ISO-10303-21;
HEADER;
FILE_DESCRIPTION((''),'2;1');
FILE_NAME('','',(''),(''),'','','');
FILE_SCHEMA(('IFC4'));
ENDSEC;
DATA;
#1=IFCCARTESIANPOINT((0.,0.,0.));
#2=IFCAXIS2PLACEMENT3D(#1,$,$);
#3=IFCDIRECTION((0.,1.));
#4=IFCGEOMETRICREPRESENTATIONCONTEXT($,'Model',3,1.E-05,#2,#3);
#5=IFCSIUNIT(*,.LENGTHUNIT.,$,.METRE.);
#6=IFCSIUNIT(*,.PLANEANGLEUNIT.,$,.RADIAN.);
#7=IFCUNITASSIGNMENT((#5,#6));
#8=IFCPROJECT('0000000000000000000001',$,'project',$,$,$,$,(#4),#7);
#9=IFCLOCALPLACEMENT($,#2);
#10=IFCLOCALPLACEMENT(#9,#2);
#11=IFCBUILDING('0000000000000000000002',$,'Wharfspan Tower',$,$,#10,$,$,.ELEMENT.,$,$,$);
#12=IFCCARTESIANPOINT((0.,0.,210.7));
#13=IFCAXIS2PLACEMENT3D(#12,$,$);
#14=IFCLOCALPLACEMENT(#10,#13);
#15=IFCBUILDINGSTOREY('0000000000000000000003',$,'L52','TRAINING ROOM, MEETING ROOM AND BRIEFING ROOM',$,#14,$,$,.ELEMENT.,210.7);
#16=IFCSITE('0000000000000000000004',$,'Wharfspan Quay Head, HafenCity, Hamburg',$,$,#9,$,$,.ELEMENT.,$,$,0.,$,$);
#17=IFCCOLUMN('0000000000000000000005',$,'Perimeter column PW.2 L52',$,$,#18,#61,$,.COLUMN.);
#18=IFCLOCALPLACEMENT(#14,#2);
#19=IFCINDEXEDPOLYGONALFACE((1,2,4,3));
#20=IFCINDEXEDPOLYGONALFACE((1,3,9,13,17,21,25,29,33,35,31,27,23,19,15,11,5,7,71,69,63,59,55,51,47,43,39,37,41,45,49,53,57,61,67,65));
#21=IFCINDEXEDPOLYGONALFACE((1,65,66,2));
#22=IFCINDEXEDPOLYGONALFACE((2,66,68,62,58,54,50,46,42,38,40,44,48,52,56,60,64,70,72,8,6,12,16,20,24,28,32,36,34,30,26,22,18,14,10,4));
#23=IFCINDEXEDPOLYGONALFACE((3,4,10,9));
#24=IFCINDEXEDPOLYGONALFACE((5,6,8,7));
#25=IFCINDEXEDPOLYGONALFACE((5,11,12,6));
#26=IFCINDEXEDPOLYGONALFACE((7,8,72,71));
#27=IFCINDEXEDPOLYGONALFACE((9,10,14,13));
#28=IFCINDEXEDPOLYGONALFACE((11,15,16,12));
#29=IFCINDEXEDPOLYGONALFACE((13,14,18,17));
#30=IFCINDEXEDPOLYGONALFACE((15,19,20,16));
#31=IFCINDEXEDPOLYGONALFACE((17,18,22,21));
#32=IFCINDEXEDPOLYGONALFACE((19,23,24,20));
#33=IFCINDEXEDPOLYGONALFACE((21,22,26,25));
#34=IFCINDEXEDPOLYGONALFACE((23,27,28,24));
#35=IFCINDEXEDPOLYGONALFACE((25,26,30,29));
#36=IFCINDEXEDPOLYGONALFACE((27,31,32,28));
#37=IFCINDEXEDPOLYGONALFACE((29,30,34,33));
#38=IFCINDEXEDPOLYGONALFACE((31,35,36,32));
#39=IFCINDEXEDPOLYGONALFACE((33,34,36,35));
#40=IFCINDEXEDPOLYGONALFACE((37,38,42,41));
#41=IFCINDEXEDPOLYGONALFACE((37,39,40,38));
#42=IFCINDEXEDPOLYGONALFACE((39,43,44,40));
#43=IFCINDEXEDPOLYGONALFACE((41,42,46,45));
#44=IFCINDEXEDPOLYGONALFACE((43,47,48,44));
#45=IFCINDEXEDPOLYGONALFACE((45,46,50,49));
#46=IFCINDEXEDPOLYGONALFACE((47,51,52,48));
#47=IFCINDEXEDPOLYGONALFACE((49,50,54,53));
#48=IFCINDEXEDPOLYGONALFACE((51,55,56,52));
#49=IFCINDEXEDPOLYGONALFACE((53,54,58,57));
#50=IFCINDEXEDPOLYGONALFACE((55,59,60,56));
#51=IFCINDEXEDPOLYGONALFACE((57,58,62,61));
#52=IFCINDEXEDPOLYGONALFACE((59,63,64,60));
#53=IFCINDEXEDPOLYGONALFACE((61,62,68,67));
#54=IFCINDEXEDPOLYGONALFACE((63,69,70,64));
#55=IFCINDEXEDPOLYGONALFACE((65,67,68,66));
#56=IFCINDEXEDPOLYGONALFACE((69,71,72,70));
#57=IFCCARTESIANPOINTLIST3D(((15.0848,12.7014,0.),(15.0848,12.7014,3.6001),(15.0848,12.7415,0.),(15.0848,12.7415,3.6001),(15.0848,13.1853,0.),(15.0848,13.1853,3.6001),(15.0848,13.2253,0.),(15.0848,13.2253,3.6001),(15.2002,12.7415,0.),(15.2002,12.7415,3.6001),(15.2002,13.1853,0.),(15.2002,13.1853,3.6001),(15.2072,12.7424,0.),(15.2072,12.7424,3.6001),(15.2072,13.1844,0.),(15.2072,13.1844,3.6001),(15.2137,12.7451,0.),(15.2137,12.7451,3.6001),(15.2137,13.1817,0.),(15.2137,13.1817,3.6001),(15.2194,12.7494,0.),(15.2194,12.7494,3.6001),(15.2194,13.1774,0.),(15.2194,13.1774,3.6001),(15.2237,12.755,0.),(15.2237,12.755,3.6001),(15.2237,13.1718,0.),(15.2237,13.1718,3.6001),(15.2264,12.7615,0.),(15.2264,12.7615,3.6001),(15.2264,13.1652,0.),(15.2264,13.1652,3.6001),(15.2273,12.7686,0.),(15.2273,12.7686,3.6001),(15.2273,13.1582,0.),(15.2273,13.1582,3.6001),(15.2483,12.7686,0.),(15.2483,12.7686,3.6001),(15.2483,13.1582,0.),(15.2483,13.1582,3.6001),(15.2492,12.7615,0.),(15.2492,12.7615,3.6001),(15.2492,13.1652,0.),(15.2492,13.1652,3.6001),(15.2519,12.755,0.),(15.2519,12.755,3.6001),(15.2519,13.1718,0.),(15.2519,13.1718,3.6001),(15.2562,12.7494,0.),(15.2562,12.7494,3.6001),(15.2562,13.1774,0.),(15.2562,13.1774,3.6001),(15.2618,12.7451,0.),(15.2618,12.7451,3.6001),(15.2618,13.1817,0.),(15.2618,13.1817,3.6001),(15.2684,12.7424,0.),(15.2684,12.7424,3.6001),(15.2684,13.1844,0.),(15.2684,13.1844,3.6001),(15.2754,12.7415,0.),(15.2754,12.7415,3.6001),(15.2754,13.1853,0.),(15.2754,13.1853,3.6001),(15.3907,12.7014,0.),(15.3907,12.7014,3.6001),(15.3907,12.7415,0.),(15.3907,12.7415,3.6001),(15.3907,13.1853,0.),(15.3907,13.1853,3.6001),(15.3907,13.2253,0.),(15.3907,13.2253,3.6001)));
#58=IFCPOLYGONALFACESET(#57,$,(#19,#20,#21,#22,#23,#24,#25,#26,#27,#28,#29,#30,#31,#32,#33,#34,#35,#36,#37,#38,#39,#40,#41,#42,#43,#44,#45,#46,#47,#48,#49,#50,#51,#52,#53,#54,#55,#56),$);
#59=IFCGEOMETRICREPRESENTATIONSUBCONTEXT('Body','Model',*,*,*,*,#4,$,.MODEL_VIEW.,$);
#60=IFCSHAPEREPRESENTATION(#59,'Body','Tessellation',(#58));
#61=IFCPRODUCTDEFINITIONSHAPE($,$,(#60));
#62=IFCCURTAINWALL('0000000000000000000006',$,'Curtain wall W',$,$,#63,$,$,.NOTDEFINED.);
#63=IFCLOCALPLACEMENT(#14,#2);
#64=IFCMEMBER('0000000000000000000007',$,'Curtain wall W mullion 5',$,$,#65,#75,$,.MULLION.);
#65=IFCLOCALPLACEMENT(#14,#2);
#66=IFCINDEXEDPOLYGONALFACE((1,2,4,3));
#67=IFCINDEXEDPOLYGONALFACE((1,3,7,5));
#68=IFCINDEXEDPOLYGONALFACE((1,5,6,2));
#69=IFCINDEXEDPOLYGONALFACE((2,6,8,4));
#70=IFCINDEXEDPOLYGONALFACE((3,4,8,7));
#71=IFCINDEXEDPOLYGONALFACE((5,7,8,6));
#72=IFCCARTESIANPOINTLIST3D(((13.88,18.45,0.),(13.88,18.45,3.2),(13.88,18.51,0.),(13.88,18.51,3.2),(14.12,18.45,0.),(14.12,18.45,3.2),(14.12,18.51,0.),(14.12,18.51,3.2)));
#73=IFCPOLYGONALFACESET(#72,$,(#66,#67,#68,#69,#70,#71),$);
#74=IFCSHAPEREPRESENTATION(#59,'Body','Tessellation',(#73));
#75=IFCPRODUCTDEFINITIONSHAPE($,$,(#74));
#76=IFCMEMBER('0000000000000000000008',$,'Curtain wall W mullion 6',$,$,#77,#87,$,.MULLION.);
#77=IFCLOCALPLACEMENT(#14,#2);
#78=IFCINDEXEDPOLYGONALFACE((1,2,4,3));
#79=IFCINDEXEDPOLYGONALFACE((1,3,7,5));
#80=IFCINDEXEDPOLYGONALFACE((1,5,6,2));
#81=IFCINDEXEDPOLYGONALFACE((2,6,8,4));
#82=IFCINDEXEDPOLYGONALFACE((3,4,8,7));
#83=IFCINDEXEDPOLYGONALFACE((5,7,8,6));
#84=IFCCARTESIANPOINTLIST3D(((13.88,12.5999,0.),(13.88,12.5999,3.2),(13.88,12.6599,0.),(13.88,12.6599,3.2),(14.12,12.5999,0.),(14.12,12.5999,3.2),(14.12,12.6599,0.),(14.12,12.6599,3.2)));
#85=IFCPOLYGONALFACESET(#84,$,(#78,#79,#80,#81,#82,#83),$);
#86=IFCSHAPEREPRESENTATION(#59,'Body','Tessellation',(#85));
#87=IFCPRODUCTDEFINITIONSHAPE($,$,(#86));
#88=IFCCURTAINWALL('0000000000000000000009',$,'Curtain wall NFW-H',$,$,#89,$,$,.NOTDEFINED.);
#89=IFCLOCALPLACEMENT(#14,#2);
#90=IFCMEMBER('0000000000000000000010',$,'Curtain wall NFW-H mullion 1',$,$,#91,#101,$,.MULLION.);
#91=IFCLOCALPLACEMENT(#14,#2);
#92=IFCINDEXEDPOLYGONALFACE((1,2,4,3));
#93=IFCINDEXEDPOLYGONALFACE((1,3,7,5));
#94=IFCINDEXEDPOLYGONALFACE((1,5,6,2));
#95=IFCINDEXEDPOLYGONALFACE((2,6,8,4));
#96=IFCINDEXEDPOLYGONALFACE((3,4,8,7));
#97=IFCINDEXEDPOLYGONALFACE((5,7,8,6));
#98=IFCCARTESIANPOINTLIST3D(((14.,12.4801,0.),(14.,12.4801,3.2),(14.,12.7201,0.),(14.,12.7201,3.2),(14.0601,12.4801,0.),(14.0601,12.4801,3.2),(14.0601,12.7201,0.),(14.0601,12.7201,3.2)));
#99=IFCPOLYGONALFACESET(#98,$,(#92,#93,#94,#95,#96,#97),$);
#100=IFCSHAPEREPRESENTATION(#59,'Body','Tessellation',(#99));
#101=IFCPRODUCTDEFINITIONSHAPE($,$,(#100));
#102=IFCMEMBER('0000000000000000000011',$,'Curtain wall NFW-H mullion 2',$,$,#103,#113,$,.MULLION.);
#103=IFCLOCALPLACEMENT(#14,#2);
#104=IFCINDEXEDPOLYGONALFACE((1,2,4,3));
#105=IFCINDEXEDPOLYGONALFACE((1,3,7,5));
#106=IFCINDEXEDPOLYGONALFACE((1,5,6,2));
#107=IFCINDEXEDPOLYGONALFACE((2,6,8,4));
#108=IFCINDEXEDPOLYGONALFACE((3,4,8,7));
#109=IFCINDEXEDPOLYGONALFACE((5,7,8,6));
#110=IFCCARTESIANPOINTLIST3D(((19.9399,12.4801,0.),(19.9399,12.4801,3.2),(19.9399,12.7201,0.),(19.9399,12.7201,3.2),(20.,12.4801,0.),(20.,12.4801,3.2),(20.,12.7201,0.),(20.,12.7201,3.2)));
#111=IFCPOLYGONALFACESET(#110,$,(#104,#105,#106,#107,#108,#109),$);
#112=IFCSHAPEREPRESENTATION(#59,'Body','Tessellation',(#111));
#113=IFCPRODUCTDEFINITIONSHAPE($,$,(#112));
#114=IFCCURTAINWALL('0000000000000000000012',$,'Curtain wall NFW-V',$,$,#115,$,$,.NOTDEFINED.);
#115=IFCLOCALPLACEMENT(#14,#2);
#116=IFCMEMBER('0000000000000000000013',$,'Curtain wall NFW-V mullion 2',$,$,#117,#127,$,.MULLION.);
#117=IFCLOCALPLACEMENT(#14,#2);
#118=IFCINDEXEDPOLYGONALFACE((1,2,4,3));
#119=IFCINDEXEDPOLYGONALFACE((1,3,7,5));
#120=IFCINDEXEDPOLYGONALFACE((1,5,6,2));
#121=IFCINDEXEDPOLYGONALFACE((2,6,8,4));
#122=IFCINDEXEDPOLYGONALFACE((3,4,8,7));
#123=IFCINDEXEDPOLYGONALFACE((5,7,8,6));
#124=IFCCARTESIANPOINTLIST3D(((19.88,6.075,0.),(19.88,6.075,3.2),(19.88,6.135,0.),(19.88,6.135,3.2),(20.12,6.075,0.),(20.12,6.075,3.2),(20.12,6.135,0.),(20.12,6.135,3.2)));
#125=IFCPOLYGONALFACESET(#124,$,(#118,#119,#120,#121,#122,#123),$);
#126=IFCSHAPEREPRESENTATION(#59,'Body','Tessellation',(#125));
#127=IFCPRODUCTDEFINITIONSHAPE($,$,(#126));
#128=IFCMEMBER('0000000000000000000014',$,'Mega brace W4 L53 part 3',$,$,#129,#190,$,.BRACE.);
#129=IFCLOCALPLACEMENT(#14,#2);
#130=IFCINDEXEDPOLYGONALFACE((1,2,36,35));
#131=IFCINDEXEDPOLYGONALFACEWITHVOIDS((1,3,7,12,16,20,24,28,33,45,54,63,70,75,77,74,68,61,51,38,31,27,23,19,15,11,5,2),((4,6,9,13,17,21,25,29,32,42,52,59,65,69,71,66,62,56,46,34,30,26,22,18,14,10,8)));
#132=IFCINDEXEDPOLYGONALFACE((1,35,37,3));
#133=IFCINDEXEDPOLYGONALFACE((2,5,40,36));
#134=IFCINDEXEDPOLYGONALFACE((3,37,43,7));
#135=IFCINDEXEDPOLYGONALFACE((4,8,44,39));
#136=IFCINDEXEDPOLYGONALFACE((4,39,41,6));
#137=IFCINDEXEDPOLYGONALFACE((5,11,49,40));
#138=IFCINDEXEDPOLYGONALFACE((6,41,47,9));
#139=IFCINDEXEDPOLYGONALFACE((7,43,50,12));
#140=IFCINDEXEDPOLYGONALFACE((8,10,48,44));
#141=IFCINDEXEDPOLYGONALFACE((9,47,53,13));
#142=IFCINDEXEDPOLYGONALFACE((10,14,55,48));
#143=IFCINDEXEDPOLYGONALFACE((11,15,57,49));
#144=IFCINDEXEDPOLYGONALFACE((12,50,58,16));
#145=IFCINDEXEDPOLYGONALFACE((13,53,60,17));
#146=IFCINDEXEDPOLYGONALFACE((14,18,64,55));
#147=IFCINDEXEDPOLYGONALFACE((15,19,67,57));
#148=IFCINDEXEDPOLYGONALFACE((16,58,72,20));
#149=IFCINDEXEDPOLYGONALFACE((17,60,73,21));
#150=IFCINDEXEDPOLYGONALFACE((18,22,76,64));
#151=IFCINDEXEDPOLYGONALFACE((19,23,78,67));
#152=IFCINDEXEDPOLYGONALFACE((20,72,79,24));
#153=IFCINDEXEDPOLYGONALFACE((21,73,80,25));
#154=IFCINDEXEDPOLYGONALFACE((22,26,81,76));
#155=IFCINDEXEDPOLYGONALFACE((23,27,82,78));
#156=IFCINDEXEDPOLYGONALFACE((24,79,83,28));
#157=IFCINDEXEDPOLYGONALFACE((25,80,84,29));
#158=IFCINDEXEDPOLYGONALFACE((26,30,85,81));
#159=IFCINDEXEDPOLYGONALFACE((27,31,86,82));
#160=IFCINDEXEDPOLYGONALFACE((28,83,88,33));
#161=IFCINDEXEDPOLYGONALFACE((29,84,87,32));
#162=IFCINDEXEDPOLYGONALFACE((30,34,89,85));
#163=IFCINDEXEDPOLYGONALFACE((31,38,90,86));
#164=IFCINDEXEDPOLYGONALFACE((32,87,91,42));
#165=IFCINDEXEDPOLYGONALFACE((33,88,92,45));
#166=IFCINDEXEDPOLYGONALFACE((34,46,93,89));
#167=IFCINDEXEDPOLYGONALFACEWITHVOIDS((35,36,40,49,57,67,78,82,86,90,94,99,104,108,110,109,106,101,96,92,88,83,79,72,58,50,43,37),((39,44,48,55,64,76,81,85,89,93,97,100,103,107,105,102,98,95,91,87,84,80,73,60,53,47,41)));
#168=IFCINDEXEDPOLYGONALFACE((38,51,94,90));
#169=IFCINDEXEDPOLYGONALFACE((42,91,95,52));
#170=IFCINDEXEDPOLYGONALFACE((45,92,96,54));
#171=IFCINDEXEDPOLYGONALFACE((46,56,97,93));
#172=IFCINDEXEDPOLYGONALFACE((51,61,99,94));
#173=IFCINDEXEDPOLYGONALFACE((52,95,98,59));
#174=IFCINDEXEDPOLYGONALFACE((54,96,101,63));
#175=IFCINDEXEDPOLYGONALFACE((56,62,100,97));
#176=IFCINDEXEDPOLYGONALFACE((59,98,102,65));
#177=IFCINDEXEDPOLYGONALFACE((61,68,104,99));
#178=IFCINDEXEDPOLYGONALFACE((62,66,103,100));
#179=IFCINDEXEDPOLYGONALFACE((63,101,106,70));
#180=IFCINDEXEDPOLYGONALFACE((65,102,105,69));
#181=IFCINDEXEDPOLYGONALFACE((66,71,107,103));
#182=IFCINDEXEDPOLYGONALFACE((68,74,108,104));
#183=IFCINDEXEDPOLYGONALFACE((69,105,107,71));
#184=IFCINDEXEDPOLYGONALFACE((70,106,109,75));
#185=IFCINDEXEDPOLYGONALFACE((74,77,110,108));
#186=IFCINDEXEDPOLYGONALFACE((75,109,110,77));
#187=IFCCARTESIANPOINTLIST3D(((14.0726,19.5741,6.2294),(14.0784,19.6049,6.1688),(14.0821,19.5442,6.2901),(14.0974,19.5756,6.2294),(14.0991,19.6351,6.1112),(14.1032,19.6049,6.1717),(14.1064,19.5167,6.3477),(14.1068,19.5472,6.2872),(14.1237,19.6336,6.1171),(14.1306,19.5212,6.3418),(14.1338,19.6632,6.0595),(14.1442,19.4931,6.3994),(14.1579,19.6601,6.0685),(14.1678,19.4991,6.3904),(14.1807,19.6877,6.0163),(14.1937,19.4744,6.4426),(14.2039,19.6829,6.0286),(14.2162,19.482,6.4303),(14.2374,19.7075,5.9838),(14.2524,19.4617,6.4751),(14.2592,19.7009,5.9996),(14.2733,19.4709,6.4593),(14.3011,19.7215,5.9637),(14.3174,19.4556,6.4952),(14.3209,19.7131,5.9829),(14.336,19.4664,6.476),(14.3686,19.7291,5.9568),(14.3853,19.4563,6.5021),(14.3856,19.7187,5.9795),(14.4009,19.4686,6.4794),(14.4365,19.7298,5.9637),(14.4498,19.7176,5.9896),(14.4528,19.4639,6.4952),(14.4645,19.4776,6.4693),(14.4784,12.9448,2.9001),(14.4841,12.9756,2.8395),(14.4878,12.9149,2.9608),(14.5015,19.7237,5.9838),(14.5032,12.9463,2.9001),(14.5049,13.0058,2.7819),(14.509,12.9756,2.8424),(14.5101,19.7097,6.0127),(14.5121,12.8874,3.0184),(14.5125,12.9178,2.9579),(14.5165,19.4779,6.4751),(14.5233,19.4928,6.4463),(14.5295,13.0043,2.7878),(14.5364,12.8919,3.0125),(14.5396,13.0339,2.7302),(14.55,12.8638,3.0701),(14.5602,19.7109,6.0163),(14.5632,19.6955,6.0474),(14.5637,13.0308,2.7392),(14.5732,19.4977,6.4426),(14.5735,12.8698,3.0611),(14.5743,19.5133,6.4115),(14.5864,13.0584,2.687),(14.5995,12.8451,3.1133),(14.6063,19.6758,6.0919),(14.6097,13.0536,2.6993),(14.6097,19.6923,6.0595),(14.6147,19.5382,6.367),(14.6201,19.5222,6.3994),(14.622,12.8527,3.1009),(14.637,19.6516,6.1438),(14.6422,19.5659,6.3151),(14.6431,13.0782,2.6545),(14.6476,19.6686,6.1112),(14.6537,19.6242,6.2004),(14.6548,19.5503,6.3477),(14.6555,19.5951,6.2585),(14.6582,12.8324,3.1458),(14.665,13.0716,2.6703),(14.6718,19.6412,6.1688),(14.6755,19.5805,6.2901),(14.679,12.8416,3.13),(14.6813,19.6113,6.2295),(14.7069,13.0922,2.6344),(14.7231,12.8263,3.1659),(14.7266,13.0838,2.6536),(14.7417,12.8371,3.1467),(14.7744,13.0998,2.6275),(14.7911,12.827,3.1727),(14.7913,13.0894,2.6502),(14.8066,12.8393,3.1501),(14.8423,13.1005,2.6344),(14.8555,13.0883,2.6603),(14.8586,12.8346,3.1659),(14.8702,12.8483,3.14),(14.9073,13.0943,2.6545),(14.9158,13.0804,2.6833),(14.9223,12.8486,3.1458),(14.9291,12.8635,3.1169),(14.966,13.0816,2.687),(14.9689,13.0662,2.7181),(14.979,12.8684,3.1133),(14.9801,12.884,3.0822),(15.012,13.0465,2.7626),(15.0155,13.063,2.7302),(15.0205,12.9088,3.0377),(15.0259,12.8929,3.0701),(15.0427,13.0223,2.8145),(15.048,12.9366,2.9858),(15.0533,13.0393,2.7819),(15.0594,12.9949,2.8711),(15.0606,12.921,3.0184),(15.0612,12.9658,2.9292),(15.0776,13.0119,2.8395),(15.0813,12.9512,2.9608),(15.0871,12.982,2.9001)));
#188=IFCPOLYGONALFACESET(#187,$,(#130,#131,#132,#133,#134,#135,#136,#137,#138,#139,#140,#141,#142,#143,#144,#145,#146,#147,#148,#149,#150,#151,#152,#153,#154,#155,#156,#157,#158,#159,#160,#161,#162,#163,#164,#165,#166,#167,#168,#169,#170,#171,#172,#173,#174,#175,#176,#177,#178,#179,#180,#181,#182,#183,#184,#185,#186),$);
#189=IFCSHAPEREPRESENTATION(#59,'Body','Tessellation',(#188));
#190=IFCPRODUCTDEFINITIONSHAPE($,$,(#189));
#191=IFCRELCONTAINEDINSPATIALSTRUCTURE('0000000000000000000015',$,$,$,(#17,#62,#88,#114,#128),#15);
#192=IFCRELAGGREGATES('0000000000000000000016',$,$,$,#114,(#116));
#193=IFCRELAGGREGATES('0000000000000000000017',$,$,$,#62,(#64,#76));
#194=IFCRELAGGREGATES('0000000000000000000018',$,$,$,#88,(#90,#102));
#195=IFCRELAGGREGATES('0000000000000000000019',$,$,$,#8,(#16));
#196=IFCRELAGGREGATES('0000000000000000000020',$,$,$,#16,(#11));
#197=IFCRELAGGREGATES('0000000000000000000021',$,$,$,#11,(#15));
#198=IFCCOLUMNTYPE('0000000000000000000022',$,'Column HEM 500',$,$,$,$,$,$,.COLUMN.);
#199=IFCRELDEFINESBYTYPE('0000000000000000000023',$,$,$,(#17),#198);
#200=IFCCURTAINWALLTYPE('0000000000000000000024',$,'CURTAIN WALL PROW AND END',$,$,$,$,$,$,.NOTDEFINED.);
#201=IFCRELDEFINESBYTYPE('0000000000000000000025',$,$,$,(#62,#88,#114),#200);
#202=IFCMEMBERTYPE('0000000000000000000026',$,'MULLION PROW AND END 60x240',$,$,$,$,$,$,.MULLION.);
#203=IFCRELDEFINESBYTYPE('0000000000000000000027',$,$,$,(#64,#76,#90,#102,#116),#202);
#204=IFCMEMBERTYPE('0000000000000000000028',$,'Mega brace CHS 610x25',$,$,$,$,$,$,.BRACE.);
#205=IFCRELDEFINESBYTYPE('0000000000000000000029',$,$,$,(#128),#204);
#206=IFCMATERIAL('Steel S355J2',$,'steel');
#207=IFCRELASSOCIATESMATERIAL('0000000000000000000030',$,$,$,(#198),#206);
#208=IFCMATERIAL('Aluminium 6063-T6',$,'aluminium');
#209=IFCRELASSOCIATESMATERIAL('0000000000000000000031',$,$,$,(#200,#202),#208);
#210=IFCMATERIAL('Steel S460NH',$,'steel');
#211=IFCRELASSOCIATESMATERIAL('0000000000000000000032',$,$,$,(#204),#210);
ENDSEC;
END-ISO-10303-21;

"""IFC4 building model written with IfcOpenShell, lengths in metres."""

from ifc_helpers import new_model, si_unit, direction, frame, origin, origin_2d, place, context, subcontext, project, spatial, rectangle, hollow_circle, i_section, extrude, material, material_profile, profile_set, type_object, element, aggregate, save


model = new_model("IFC4")

# Units and contexts
model_context = context("Model", 3, precision=1e-05, world=origin(), true_north=direction((0.0, 1.0)))
body_context = subcontext(model_context, "Body", "Model", "MODEL_VIEW")
ifc_project = project(units=[si_unit("LENGTHUNIT", "METRE"), si_unit("PLANEANGLEUNIT", "RADIAN")], contexts=[model_context])

# Site, building, storey
site_placement = place(None, origin())
site = spatial("IfcSite", under=ifc_project, at=site_placement, Name="Wharfspan Quay Head, HafenCity, Hamburg", CompositionType="ELEMENT", RefElevation=0.0)
building_placement = place(site_placement, origin())
building = spatial("IfcBuilding", under=site, at=building_placement, Name="Wharfspan Tower", CompositionType="ELEMENT")
storey_placement = place(building_placement, frame((0.0, 0.0, 210.7)))
storey = spatial("IfcBuildingStorey", under=building, at=storey_placement, Name="L52", Description="TRAINING ROOM, MEETING ROOM AND BRIEFING ROOM", CompositionType="ELEMENT", Elevation=210.7)

# Column
ifc_material_1 = material(Name="Steel S355J2", Category="steel")
ifc_material_profile_1 = material_profile(ifc_material_1, i_section(OverallWidth=0.3059, OverallDepth=0.5239, WebThickness=0.021, FlangeThickness=0.04, FilletRadius=0.0271, at=origin_2d()))
ifc_profile_set_1 = profile_set([ifc_material_profile_1], Name="Steel S355J2")
column_type = type_object("IfcColumnType", Name="Column HEM 500", PredefinedType="COLUMN", material=ifc_profile_set_1)
column_placement = place(storey_placement, frame((15.2378, 12.9634, 0.0), z_axis=(0.0, 0.0, 1.0), x_axis=(-1.0, 0.0, 0.0)))
element("IfcColumn", 1, at=column_placement, inside=storey, type_object=column_type, Name="Perimeter column PW.2 L52", PredefinedType="COLUMN", context=body_context, shape_type="SweptSolid", body=[
    extrude(i_section(OverallWidth=0.3059, OverallDepth=0.5239, WebThickness=0.021, FlangeThickness=0.04, FilletRadius=0.0271, at=origin_2d()), origin(), (0.0, 0.0, 1.0), 3.6001),
])

# Curtain walls, members
ifc_material_2 = material(Name="Aluminium 6063-T6", Category="aluminium")
curtain_wall_type = type_object("IfcCurtainWallType", Name="CURTAIN WALL PROW AND END", PredefinedType="NOTDEFINED", material=ifc_material_2)
curtain_wall_1_placement = place(storey_placement, origin())
curtain_wall_1 = element("IfcCurtainWall", 2, at=curtain_wall_1_placement, inside=storey, type_object=curtain_wall_type, Name="Curtain wall W", PredefinedType="NOTDEFINED")
ifc_material_profile_2 = material_profile(ifc_material_2, rectangle(XDim=0.24, YDim=0.0601, at=origin_2d()))
ifc_profile_set_2 = profile_set([ifc_material_profile_2], Name="Aluminium 6063-T6")
member_type_1 = type_object("IfcMemberType", Name="MULLION PROW AND END 60x240", PredefinedType="MULLION", material=ifc_profile_set_2)
member_1_placement = place(storey_placement, frame((14.0, 18.48, 0.0), z_axis=(0.0, 0.0, 1.0), x_axis=(1.0, 0.0, 0.0)))
member_1 = element("IfcMember", 3, at=member_1_placement, type_object=member_type_1, Name="Curtain wall W mullion 5", PredefinedType="MULLION", context=body_context, shape_type="SweptSolid", body=[
    extrude(rectangle(XDim=0.24, YDim=0.0601, at=origin_2d()), origin(), (0.0, 0.0, 1.0), 3.2),
])
member_2_placement = place(storey_placement, frame((14.0, 12.6299, 0.0), z_axis=(0.0, 0.0, 1.0), x_axis=(1.0, 0.0, 0.0)))
member_2 = element("IfcMember", 4, at=member_2_placement, type_object=member_type_1, Name="Curtain wall W mullion 6", PredefinedType="MULLION", context=body_context, shape_type="SweptSolid", body=[
    extrude(rectangle(XDim=0.24, YDim=0.0601, at=origin_2d()), origin(), (0.0, 0.0, 1.0), 3.2),
])
curtain_wall_2_placement = place(storey_placement, origin())
curtain_wall_2 = element("IfcCurtainWall", 5, at=curtain_wall_2_placement, inside=storey, type_object=curtain_wall_type, Name="Curtain wall NFW-H", PredefinedType="NOTDEFINED")
member_3_placement = place(storey_placement, frame((14.03, 12.6001, 0.0), z_axis=(0.0, 0.0, 1.0), x_axis=(0.0, 1.0, 0.0)))
member_3 = element("IfcMember", 6, at=member_3_placement, type_object=member_type_1, Name="Curtain wall NFW-H mullion 1", PredefinedType="MULLION", context=body_context, shape_type="SweptSolid", body=[
    extrude(rectangle(XDim=0.24, YDim=0.0601, at=origin_2d()), origin(), (0.0, 0.0, 1.0), 3.2),
])
member_4_placement = place(storey_placement, frame((19.97, 12.6001, 0.0), z_axis=(0.0, 0.0, 1.0), x_axis=(0.0, 1.0, 0.0)))
member_4 = element("IfcMember", 7, at=member_4_placement, type_object=member_type_1, Name="Curtain wall NFW-H mullion 2", PredefinedType="MULLION", context=body_context, shape_type="SweptSolid", body=[
    extrude(rectangle(XDim=0.24, YDim=0.0601, at=origin_2d()), origin(), (0.0, 0.0, 1.0), 3.2),
])

# Curtain wall, member
curtain_wall_3_placement = place(storey_placement, origin())
curtain_wall_3 = element("IfcCurtainWall", 8, at=curtain_wall_3_placement, inside=storey, type_object=curtain_wall_type, Name="Curtain wall NFW-V", PredefinedType="NOTDEFINED")
member_5_placement = place(storey_placement, frame((20.0, 6.105, 0.0), z_axis=(0.0, 0.0, 1.0), x_axis=(1.0, 0.0, 0.0)))
member_5 = element("IfcMember", 9, at=member_5_placement, type_object=member_type_1, Name="Curtain wall NFW-V mullion 2", PredefinedType="MULLION", context=body_context, shape_type="SweptSolid", body=[
    extrude(rectangle(XDim=0.24, YDim=0.0601, at=origin_2d()), origin(), (0.0, 0.0, 1.0), 3.2),
])
aggregate(curtain_wall_3, [member_5])

# Member
ifc_material_3 = material(Name="Steel S460NH", Category="steel")
ifc_material_profile_3 = material_profile(ifc_material_3, hollow_circle(Radius=0.3049, WallThickness=0.0249, at=origin_2d()))
ifc_profile_set_3 = profile_set([ifc_material_profile_3], Name="Steel S460NH")
member_type_2 = type_object("IfcMemberType", Name="Mega brace CHS 610x25", PredefinedType="BRACE", material=ifc_profile_set_3)
member_6_placement = place(storey_placement, frame((14.7827, 12.9634, 2.9001), z_axis=(-0.054615, 0.892302, 0.448123), x_axis=(-0.998132, -0.061091, -0.000003)))
element("IfcMember", 10, at=member_6_placement, inside=storey, type_object=member_type_2, Name="Mega brace W4 L53 part 3", PredefinedType="BRACE", context=body_context, shape_type="SweptSolid", body=[
    extrude(hollow_circle(Radius=0.3049, WallThickness=0.0249, at=origin_2d()), origin(), (0.0, 0.0, 1.0), 7.4294),
])

aggregate(curtain_wall_1, [member_1, member_2])
aggregate(curtain_wall_2, [member_3, member_4])

save(model, "model.ifc")
